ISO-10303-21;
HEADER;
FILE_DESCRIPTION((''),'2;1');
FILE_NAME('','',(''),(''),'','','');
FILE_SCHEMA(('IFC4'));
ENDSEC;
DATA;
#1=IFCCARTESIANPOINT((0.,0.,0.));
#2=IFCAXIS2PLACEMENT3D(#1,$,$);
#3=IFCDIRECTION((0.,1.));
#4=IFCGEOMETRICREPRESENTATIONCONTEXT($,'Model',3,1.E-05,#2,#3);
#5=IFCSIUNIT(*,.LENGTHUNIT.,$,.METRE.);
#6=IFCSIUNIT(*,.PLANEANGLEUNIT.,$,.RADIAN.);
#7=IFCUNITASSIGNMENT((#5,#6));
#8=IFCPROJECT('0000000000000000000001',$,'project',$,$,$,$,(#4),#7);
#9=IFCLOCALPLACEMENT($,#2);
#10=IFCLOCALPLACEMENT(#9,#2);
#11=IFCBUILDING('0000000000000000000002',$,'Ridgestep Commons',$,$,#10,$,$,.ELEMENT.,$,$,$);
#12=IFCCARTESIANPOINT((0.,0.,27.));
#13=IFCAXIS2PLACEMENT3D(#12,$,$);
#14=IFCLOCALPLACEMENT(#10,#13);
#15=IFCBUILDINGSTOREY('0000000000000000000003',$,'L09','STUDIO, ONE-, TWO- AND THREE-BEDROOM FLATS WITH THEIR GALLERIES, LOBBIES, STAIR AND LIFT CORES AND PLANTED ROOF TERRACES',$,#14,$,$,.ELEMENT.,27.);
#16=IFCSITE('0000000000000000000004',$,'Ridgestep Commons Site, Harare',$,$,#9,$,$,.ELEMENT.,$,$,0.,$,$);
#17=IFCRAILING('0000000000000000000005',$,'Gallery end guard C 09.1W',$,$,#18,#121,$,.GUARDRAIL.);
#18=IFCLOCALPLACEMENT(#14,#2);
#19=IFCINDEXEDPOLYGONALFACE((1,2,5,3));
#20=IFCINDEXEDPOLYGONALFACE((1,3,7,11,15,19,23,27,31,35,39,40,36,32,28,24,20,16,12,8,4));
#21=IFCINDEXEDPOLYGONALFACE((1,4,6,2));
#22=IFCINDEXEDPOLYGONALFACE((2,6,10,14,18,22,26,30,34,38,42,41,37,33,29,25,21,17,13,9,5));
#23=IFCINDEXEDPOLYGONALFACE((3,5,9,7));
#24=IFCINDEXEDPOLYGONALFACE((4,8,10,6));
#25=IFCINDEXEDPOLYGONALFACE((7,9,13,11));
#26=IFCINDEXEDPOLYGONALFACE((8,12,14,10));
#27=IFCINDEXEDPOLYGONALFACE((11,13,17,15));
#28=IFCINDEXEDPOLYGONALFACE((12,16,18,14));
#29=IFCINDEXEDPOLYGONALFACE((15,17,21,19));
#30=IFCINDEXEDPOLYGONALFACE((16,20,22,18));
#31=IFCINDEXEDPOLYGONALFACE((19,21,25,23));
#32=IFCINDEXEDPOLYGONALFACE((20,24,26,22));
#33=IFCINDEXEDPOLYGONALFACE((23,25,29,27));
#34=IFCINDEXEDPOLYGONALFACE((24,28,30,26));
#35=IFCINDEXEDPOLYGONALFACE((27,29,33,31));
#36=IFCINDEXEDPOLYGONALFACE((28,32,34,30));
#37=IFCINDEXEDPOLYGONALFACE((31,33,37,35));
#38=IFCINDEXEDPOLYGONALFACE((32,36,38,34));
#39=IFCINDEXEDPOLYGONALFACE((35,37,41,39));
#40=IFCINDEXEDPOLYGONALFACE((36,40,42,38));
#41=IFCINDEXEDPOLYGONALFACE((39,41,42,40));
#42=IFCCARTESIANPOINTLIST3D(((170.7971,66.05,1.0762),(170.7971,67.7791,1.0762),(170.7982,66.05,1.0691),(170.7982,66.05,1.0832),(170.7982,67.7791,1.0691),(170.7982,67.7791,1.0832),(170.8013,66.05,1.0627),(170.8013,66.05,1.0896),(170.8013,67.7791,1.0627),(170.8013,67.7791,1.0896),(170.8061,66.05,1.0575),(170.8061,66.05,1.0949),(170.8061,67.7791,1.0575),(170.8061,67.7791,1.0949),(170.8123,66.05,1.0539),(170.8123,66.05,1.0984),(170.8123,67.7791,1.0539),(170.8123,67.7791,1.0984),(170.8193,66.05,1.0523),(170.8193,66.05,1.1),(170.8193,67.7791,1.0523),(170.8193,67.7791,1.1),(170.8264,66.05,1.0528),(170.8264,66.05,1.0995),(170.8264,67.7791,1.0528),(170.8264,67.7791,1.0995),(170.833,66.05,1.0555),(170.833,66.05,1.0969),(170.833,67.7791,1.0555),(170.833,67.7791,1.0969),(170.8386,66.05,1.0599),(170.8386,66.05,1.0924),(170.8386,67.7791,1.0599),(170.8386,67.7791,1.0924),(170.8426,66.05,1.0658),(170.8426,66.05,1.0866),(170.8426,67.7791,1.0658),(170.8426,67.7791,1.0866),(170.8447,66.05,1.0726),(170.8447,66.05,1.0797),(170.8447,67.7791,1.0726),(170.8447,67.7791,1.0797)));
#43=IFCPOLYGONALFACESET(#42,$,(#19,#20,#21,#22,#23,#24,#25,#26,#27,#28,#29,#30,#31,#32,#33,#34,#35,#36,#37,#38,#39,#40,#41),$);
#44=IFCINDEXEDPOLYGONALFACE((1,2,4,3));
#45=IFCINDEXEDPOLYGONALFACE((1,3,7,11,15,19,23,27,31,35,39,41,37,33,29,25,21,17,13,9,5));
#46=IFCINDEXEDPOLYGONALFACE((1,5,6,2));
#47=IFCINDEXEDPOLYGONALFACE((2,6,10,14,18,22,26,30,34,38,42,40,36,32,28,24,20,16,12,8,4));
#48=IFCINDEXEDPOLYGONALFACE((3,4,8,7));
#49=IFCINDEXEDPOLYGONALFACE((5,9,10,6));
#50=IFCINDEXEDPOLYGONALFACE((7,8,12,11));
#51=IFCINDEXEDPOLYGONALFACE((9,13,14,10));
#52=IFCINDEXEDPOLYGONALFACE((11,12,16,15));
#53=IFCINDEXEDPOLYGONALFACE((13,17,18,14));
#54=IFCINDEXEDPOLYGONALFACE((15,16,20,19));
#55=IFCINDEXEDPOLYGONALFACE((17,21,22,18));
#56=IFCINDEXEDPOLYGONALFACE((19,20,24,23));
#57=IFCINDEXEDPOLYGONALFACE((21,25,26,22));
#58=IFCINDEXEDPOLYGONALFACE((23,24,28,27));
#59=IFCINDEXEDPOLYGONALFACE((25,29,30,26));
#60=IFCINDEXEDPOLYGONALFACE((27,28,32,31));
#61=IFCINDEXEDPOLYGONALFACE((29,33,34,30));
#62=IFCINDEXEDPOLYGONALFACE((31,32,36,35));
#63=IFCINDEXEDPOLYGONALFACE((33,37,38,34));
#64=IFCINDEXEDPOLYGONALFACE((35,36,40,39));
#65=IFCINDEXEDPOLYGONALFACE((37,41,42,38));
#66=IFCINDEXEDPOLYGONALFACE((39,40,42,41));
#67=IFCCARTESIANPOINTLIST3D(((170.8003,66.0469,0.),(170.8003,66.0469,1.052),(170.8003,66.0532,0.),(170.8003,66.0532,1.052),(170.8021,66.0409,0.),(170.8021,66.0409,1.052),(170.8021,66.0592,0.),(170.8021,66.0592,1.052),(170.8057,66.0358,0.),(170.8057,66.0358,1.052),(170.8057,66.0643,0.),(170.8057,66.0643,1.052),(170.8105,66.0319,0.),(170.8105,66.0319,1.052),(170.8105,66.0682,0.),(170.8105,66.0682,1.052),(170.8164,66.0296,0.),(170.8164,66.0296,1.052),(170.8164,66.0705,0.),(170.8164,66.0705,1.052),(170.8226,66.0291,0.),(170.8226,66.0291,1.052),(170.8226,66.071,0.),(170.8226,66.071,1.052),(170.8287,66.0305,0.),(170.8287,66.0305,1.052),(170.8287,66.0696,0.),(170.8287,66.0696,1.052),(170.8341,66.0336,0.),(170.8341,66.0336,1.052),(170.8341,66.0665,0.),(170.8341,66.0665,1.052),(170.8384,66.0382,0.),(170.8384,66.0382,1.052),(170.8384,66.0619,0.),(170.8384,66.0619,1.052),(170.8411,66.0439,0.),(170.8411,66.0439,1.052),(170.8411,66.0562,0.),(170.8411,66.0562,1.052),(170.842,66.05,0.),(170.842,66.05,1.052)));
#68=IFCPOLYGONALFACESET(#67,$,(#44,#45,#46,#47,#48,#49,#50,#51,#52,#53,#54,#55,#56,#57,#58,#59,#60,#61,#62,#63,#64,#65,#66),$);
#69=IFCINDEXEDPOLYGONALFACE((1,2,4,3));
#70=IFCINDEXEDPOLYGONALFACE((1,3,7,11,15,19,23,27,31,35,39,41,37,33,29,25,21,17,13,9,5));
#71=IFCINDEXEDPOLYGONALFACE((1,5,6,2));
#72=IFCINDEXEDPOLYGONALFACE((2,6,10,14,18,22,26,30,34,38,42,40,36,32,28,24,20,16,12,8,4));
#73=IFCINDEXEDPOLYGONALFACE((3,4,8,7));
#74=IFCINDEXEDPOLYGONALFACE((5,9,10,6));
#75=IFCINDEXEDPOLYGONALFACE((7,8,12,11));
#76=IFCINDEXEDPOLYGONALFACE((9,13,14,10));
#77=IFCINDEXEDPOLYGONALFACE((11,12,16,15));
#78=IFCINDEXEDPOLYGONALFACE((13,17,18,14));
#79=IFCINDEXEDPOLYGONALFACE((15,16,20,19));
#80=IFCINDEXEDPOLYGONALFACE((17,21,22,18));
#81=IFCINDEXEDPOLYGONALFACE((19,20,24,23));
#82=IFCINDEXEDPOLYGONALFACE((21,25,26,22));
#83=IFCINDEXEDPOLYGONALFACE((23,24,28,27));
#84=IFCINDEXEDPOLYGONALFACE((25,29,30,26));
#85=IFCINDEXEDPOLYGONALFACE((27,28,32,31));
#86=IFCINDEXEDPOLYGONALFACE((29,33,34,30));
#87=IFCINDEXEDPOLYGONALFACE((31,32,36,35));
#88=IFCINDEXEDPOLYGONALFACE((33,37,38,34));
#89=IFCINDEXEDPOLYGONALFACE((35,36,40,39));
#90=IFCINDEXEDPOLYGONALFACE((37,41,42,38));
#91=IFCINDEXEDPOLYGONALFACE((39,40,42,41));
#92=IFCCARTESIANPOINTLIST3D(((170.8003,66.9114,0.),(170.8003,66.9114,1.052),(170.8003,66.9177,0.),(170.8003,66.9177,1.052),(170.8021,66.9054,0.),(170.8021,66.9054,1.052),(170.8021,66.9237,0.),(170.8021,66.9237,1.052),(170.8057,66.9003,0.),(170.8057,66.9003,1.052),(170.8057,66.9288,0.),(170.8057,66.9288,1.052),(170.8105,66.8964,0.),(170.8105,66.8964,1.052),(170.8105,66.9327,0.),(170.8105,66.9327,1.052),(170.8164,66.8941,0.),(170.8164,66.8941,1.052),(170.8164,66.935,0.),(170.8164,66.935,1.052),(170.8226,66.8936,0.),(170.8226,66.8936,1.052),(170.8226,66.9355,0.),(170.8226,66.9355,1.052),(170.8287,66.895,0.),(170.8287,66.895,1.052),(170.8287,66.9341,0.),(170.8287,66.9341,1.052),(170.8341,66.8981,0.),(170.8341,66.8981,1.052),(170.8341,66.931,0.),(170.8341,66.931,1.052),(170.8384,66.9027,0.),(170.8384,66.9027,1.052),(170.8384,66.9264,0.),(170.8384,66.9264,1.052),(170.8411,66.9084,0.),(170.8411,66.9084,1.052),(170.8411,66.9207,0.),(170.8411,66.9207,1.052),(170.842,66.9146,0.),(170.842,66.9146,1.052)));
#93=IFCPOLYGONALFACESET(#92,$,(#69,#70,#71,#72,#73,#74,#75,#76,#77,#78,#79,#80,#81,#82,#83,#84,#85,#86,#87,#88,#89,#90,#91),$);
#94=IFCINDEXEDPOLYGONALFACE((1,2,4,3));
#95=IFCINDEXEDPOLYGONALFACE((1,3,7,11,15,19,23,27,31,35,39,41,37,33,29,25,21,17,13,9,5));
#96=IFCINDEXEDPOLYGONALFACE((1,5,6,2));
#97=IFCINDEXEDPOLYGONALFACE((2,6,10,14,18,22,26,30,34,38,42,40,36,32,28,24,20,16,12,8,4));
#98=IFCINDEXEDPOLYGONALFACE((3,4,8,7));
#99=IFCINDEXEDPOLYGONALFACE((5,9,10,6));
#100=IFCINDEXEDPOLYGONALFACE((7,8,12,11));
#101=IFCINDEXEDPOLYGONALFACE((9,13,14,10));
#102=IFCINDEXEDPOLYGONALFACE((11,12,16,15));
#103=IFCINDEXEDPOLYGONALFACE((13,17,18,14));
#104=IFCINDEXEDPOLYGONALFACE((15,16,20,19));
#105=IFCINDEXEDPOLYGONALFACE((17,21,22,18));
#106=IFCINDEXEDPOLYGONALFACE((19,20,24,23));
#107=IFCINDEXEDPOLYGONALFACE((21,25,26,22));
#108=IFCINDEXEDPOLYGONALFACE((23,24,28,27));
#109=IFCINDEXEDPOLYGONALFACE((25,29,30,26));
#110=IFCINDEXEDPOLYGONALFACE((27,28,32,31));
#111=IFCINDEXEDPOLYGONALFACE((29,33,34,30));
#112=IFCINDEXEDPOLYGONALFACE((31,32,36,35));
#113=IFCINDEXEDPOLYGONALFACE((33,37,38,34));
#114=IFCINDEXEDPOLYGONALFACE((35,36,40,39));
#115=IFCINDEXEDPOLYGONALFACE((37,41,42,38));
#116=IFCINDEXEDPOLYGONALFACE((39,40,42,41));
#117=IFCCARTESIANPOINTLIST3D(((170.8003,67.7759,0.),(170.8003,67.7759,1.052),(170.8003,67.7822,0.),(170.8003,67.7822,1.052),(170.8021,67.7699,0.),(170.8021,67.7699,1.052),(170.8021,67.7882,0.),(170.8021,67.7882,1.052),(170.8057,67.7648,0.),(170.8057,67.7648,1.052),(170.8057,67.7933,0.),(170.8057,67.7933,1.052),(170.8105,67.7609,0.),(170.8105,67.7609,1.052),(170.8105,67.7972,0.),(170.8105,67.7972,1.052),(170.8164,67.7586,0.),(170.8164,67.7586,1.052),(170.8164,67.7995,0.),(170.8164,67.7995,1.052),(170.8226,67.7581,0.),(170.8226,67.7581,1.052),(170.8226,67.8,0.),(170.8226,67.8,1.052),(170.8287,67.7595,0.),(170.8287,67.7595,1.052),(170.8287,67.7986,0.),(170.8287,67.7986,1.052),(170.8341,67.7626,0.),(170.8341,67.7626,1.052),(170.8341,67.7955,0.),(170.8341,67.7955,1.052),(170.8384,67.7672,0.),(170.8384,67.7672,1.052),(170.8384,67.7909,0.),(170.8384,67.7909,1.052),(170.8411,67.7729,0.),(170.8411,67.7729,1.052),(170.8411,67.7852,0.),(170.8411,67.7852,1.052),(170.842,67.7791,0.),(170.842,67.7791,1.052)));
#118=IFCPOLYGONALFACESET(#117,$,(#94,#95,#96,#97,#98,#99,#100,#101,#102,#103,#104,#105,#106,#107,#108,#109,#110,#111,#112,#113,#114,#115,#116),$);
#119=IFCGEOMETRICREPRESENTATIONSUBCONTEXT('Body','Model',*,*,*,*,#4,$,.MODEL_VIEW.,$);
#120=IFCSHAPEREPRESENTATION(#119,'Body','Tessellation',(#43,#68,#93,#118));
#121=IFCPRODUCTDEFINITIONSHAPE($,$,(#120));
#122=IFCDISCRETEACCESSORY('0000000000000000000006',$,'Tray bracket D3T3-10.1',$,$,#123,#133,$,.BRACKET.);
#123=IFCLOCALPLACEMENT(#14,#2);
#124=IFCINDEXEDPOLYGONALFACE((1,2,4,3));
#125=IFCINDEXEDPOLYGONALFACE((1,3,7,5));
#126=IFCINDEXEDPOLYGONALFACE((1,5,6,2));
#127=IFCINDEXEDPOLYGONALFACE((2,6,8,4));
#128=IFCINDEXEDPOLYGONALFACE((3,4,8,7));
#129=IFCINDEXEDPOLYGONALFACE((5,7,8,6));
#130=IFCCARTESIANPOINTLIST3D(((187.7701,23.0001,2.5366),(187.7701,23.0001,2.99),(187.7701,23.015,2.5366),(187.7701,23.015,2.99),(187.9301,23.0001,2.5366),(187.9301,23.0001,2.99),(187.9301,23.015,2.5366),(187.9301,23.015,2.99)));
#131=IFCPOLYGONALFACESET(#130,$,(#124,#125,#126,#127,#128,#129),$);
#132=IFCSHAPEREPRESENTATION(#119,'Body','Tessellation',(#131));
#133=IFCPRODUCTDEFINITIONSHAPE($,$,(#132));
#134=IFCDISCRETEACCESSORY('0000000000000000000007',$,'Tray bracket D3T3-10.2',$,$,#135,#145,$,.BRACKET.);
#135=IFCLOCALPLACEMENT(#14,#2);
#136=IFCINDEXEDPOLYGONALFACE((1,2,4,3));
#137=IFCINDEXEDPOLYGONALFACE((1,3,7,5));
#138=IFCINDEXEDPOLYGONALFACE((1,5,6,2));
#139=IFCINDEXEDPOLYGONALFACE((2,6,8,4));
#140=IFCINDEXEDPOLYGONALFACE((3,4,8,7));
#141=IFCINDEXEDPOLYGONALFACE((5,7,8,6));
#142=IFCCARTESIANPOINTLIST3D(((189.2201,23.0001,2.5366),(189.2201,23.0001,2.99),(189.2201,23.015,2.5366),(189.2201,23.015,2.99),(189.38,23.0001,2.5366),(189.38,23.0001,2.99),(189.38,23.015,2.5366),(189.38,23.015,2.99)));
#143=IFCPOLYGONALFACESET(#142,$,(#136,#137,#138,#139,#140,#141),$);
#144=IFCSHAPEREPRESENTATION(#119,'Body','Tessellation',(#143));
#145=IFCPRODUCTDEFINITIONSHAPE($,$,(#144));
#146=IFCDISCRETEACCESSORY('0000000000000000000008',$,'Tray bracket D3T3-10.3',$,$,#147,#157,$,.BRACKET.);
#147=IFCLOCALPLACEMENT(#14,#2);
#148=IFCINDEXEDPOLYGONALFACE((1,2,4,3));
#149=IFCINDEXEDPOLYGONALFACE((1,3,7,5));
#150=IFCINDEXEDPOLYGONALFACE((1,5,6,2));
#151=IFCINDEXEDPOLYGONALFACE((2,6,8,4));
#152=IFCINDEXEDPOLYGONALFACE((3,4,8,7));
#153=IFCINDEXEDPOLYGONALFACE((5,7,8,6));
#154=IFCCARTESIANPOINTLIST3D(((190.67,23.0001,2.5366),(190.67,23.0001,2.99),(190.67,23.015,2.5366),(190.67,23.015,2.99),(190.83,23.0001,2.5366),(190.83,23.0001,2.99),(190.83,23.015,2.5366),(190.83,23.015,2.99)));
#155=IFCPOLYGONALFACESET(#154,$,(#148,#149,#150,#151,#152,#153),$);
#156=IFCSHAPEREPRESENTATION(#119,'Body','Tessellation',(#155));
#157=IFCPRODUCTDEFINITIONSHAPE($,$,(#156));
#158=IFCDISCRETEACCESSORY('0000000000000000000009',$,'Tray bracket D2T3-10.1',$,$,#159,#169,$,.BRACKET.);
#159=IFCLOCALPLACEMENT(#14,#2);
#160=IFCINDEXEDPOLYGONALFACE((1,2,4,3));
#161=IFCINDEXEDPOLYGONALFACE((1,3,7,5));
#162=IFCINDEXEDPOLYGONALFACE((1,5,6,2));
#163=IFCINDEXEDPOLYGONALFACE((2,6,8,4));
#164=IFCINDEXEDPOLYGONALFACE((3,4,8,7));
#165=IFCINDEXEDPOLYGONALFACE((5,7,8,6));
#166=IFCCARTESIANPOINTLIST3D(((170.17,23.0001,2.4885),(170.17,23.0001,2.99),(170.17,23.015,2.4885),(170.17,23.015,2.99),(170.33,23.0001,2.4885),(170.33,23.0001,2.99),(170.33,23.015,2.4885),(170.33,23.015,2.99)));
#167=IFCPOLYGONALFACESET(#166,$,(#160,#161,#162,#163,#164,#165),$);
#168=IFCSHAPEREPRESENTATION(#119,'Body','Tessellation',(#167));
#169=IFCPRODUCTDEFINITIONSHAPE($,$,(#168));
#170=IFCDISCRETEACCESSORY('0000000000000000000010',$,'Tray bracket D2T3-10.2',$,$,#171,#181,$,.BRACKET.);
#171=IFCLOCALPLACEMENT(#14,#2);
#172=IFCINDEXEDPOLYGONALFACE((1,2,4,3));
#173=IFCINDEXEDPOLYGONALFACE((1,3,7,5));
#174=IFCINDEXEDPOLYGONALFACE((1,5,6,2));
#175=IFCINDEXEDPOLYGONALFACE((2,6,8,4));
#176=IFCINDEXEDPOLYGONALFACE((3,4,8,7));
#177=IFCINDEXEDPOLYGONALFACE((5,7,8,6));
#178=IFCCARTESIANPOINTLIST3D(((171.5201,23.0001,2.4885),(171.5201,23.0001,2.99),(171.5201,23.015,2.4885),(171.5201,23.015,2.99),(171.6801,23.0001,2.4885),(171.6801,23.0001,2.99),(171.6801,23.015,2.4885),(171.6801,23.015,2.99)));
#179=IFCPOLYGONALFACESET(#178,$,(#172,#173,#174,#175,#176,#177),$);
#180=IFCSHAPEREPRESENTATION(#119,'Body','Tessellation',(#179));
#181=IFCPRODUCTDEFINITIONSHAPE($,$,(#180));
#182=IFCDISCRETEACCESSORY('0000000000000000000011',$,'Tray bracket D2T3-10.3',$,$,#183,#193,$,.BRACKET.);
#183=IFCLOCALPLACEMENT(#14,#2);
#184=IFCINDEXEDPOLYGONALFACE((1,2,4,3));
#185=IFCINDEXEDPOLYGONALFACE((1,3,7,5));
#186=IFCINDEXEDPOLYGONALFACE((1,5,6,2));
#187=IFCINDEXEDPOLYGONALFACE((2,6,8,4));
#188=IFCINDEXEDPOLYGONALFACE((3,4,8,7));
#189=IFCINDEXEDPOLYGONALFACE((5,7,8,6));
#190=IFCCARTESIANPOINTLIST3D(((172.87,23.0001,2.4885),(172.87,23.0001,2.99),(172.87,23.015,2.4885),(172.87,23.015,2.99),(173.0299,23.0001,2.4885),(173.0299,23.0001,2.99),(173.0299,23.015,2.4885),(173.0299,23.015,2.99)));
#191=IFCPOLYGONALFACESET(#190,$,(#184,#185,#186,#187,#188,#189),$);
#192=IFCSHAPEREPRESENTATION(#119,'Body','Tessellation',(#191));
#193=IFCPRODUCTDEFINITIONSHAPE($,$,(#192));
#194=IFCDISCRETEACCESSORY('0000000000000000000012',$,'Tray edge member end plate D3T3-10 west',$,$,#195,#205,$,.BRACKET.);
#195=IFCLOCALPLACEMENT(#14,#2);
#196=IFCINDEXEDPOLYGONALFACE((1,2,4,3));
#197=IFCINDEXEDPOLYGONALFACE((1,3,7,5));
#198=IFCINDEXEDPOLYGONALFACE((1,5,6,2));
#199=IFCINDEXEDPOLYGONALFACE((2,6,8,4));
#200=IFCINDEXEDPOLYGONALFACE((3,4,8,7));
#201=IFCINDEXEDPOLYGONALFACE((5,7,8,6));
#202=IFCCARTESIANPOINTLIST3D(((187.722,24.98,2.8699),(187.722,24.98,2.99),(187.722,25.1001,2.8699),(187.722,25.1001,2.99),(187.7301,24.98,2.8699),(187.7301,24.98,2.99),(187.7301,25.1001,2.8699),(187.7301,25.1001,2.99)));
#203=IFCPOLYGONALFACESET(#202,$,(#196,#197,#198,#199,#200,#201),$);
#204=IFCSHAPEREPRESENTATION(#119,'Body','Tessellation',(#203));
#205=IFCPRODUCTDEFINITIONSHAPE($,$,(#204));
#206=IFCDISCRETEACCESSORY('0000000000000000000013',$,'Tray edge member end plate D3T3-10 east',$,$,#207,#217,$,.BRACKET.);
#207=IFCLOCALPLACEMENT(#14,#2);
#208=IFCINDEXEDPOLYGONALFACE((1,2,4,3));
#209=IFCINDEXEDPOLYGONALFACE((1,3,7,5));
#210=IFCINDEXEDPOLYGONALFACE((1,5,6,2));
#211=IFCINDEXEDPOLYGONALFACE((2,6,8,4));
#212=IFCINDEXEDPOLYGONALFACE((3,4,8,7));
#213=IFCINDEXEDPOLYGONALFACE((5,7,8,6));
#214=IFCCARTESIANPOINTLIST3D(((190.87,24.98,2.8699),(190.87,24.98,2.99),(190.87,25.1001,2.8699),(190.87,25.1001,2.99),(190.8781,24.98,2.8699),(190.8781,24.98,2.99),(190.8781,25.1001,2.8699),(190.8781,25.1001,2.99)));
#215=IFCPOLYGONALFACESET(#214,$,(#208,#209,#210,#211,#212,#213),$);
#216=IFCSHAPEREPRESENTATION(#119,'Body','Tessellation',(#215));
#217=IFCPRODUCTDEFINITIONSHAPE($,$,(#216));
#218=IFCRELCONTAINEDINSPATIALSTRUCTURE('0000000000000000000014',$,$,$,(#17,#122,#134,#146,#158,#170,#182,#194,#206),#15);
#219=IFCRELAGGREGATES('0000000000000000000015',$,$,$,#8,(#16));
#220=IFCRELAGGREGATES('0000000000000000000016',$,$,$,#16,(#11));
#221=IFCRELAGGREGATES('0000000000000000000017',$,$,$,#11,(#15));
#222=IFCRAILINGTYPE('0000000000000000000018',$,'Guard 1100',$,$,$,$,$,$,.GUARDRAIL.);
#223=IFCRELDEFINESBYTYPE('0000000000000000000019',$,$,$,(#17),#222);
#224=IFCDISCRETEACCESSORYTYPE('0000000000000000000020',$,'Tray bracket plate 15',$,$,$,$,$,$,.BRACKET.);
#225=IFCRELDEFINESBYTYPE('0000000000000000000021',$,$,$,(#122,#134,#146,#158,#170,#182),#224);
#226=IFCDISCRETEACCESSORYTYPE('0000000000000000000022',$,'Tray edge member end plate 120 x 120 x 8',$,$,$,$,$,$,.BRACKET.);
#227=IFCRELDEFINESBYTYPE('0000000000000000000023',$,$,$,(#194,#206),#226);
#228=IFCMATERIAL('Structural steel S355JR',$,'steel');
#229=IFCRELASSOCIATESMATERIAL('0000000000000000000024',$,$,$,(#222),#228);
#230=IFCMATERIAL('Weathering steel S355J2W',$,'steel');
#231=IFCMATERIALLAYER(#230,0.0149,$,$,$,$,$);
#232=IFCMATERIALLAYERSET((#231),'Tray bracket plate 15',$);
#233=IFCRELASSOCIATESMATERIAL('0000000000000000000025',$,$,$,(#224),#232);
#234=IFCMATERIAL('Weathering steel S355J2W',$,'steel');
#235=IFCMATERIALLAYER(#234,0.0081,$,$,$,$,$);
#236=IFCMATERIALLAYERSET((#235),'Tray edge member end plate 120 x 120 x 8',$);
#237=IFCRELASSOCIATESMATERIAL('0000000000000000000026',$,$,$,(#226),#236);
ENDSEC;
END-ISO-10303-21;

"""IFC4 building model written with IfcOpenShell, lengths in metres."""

from ifc_helpers import new_model, si_unit, direction, frame, origin, origin_2d, place, context, subcontext, project, spatial, rectangle, circle, extrude, material, layer, layer_set, type_object, element, save


model = new_model("IFC4")

# Units and contexts
model_context = context("Model", 3, precision=1e-05, world=origin(), true_north=direction((0.0, 1.0)))
body_context = subcontext(model_context, "Body", "Model", "MODEL_VIEW")
ifc_project = project(units=[si_unit("LENGTHUNIT", "METRE"), si_unit("PLANEANGLEUNIT", "RADIAN")], contexts=[model_context])

# Site, building, storey
site_placement = place(None, origin())
site = spatial("IfcSite", under=ifc_project, at=site_placement, Name="Ridgestep Commons Site, Harare", CompositionType="ELEMENT", RefElevation=0.0)
building_placement = place(site_placement, origin())
building = spatial("IfcBuilding", under=site, at=building_placement, Name="Ridgestep Commons", CompositionType="ELEMENT")
storey_placement = place(building_placement, frame((0.0, 0.0, 27.0)))
storey = spatial("IfcBuildingStorey", under=building, at=storey_placement, Name="L09", Description="STUDIO, ONE-, TWO- AND THREE-BEDROOM FLATS WITH THEIR GALLERIES, LOBBIES, STAIR AND LIFT CORES AND PLANTED ROOF TERRACES", CompositionType="ELEMENT", Elevation=27.0)

# Railing
ifc_material_1 = material(Name="Structural steel S355JR", Category="steel")
railing_type_1 = type_object("IfcRailingType", Name="Guard 1100", PredefinedType="GUARDRAIL", material=ifc_material_1)
railing_1_placement = place(storey_placement, frame((170.821, 66.05, 0.0)))
element("IfcRailing", 1, at=railing_1_placement, inside=storey, type_object=railing_type_1, Name="Gallery end guard C 09.1W", PredefinedType="GUARDRAIL", context=body_context, shape_type="SweptSolid", body=[
    extrude(circle(Radius=0.0239, at=origin_2d()), frame((0.0, 0.0, 1.0762), z_axis=(0.0, 1.0, 0.0), x_axis=(-1.0, 0.0, 0.0)), (0.0, 0.0, 1.0), 1.729),
    extrude(circle(Radius=0.021, at=origin_2d()), origin(), (0.0, 0.0, 1.0), 1.052),
    extrude(circle(Radius=0.021, at=origin_2d()), frame((0.0, 0.8645, 0.0)), (0.0, 0.0, 1.0), 1.052),
    extrude(circle(Radius=0.021, at=origin_2d()), frame((0.0, 1.729, 0.0)), (0.0, 0.0, 1.0), 1.052),
])

# Discrete accessories
ifc_material_2 = material(Name="Weathering steel S355J2W", Category="steel")
ifc_layer_1 = layer(ifc_material_2, 0.0149)
ifc_layer_set_1 = layer_set([ifc_layer_1], Name="Tray bracket plate 15")
discrete_accessory_type_1 = type_object("IfcDiscreteAccessoryType", Name="Tray bracket plate 15", PredefinedType="BRACKET", material=ifc_layer_set_1)
for number, where, z_axis, x_axis, name in (
    (2, (187.8501, 23.0076, 2.5366), (0.0, 0.0, 1.0), (1.0, 0.0, 0.0), "Tray bracket D3T3-10.1"),
    (3, (189.3, 23.0076, 2.5366), (0.0, 0.0, 1.0), (1.0, 0.0, 0.0), "Tray bracket D3T3-10.2"),
    (4, (190.75, 23.0076, 2.5366), (0.0, 0.0, 1.0), (1.0, 0.0, 0.0), "Tray bracket D3T3-10.3"),
):
    element("IfcDiscreteAccessory", number, at=place(storey_placement, frame(where, z_axis=z_axis, x_axis=x_axis)), inside=storey, type_object=discrete_accessory_type_1, Name=name, PredefinedType="BRACKET", context=body_context, shape_type="SweptSolid", body=[
        extrude(rectangle(XDim=0.1599, YDim=0.0149, at=origin_2d()), origin(), (0.0, 0.0, 1.0), 0.4534),
    ])
for number, where, z_axis, x_axis, name in (
    (5, (170.25, 23.0076, 2.4885), (0.0, 0.0, 1.0), (1.0, 0.0, 0.0), "Tray bracket D2T3-10.1"),
    (6, (171.6001, 23.0076, 2.4885), (0.0, 0.0, 1.0), (1.0, 0.0, 0.0), "Tray bracket D2T3-10.2"),
    (7, (172.95, 23.0076, 2.4885), (0.0, 0.0, 1.0), (1.0, 0.0, 0.0), "Tray bracket D2T3-10.3"),
):
    element("IfcDiscreteAccessory", number, at=place(storey_placement, frame(where, z_axis=z_axis, x_axis=x_axis)), inside=storey, type_object=discrete_accessory_type_1, Name=name, PredefinedType="BRACKET", context=body_context, shape_type="SweptSolid", body=[
        extrude(rectangle(XDim=0.1599, YDim=0.0149, at=origin_2d()), origin(), (0.0, 0.0, 1.0), 0.5015),
    ])
ifc_material_3 = material(Name="Weathering steel S355J2W", Category="steel")
ifc_layer_2 = layer(ifc_material_3, 0.0081)
ifc_layer_set_2 = layer_set([ifc_layer_2], Name="Tray edge member end plate 120 x 120 x 8")
discrete_accessory_type_2 = type_object("IfcDiscreteAccessoryType", Name="Tray edge member end plate 120 x 120 x 8", PredefinedType="BRACKET", material=ifc_layer_set_2)
for number, where, z_axis, x_axis, name in (
    (8, (187.7261, 25.04, 2.8699), (0.0, 0.0, 1.0), (1.0, 0.0, 0.0), "Tray edge member end plate D3T3-10 west"),
    (9, (190.874, 25.04, 2.8699), (0.0, 0.0, 1.0), (1.0, 0.0, 0.0), "Tray edge member end plate D3T3-10 east"),
):
    element("IfcDiscreteAccessory", number, at=place(storey_placement, frame(where, z_axis=z_axis, x_axis=x_axis)), inside=storey, type_object=discrete_accessory_type_2, Name=name, PredefinedType="BRACKET", context=body_context, shape_type="SweptSolid", body=[
        extrude(rectangle(XDim=0.0081, YDim=0.1201, at=origin_2d()), origin(), (0.0, 0.0, 1.0), 0.1201),
    ])

save(model, "model.ifc")
